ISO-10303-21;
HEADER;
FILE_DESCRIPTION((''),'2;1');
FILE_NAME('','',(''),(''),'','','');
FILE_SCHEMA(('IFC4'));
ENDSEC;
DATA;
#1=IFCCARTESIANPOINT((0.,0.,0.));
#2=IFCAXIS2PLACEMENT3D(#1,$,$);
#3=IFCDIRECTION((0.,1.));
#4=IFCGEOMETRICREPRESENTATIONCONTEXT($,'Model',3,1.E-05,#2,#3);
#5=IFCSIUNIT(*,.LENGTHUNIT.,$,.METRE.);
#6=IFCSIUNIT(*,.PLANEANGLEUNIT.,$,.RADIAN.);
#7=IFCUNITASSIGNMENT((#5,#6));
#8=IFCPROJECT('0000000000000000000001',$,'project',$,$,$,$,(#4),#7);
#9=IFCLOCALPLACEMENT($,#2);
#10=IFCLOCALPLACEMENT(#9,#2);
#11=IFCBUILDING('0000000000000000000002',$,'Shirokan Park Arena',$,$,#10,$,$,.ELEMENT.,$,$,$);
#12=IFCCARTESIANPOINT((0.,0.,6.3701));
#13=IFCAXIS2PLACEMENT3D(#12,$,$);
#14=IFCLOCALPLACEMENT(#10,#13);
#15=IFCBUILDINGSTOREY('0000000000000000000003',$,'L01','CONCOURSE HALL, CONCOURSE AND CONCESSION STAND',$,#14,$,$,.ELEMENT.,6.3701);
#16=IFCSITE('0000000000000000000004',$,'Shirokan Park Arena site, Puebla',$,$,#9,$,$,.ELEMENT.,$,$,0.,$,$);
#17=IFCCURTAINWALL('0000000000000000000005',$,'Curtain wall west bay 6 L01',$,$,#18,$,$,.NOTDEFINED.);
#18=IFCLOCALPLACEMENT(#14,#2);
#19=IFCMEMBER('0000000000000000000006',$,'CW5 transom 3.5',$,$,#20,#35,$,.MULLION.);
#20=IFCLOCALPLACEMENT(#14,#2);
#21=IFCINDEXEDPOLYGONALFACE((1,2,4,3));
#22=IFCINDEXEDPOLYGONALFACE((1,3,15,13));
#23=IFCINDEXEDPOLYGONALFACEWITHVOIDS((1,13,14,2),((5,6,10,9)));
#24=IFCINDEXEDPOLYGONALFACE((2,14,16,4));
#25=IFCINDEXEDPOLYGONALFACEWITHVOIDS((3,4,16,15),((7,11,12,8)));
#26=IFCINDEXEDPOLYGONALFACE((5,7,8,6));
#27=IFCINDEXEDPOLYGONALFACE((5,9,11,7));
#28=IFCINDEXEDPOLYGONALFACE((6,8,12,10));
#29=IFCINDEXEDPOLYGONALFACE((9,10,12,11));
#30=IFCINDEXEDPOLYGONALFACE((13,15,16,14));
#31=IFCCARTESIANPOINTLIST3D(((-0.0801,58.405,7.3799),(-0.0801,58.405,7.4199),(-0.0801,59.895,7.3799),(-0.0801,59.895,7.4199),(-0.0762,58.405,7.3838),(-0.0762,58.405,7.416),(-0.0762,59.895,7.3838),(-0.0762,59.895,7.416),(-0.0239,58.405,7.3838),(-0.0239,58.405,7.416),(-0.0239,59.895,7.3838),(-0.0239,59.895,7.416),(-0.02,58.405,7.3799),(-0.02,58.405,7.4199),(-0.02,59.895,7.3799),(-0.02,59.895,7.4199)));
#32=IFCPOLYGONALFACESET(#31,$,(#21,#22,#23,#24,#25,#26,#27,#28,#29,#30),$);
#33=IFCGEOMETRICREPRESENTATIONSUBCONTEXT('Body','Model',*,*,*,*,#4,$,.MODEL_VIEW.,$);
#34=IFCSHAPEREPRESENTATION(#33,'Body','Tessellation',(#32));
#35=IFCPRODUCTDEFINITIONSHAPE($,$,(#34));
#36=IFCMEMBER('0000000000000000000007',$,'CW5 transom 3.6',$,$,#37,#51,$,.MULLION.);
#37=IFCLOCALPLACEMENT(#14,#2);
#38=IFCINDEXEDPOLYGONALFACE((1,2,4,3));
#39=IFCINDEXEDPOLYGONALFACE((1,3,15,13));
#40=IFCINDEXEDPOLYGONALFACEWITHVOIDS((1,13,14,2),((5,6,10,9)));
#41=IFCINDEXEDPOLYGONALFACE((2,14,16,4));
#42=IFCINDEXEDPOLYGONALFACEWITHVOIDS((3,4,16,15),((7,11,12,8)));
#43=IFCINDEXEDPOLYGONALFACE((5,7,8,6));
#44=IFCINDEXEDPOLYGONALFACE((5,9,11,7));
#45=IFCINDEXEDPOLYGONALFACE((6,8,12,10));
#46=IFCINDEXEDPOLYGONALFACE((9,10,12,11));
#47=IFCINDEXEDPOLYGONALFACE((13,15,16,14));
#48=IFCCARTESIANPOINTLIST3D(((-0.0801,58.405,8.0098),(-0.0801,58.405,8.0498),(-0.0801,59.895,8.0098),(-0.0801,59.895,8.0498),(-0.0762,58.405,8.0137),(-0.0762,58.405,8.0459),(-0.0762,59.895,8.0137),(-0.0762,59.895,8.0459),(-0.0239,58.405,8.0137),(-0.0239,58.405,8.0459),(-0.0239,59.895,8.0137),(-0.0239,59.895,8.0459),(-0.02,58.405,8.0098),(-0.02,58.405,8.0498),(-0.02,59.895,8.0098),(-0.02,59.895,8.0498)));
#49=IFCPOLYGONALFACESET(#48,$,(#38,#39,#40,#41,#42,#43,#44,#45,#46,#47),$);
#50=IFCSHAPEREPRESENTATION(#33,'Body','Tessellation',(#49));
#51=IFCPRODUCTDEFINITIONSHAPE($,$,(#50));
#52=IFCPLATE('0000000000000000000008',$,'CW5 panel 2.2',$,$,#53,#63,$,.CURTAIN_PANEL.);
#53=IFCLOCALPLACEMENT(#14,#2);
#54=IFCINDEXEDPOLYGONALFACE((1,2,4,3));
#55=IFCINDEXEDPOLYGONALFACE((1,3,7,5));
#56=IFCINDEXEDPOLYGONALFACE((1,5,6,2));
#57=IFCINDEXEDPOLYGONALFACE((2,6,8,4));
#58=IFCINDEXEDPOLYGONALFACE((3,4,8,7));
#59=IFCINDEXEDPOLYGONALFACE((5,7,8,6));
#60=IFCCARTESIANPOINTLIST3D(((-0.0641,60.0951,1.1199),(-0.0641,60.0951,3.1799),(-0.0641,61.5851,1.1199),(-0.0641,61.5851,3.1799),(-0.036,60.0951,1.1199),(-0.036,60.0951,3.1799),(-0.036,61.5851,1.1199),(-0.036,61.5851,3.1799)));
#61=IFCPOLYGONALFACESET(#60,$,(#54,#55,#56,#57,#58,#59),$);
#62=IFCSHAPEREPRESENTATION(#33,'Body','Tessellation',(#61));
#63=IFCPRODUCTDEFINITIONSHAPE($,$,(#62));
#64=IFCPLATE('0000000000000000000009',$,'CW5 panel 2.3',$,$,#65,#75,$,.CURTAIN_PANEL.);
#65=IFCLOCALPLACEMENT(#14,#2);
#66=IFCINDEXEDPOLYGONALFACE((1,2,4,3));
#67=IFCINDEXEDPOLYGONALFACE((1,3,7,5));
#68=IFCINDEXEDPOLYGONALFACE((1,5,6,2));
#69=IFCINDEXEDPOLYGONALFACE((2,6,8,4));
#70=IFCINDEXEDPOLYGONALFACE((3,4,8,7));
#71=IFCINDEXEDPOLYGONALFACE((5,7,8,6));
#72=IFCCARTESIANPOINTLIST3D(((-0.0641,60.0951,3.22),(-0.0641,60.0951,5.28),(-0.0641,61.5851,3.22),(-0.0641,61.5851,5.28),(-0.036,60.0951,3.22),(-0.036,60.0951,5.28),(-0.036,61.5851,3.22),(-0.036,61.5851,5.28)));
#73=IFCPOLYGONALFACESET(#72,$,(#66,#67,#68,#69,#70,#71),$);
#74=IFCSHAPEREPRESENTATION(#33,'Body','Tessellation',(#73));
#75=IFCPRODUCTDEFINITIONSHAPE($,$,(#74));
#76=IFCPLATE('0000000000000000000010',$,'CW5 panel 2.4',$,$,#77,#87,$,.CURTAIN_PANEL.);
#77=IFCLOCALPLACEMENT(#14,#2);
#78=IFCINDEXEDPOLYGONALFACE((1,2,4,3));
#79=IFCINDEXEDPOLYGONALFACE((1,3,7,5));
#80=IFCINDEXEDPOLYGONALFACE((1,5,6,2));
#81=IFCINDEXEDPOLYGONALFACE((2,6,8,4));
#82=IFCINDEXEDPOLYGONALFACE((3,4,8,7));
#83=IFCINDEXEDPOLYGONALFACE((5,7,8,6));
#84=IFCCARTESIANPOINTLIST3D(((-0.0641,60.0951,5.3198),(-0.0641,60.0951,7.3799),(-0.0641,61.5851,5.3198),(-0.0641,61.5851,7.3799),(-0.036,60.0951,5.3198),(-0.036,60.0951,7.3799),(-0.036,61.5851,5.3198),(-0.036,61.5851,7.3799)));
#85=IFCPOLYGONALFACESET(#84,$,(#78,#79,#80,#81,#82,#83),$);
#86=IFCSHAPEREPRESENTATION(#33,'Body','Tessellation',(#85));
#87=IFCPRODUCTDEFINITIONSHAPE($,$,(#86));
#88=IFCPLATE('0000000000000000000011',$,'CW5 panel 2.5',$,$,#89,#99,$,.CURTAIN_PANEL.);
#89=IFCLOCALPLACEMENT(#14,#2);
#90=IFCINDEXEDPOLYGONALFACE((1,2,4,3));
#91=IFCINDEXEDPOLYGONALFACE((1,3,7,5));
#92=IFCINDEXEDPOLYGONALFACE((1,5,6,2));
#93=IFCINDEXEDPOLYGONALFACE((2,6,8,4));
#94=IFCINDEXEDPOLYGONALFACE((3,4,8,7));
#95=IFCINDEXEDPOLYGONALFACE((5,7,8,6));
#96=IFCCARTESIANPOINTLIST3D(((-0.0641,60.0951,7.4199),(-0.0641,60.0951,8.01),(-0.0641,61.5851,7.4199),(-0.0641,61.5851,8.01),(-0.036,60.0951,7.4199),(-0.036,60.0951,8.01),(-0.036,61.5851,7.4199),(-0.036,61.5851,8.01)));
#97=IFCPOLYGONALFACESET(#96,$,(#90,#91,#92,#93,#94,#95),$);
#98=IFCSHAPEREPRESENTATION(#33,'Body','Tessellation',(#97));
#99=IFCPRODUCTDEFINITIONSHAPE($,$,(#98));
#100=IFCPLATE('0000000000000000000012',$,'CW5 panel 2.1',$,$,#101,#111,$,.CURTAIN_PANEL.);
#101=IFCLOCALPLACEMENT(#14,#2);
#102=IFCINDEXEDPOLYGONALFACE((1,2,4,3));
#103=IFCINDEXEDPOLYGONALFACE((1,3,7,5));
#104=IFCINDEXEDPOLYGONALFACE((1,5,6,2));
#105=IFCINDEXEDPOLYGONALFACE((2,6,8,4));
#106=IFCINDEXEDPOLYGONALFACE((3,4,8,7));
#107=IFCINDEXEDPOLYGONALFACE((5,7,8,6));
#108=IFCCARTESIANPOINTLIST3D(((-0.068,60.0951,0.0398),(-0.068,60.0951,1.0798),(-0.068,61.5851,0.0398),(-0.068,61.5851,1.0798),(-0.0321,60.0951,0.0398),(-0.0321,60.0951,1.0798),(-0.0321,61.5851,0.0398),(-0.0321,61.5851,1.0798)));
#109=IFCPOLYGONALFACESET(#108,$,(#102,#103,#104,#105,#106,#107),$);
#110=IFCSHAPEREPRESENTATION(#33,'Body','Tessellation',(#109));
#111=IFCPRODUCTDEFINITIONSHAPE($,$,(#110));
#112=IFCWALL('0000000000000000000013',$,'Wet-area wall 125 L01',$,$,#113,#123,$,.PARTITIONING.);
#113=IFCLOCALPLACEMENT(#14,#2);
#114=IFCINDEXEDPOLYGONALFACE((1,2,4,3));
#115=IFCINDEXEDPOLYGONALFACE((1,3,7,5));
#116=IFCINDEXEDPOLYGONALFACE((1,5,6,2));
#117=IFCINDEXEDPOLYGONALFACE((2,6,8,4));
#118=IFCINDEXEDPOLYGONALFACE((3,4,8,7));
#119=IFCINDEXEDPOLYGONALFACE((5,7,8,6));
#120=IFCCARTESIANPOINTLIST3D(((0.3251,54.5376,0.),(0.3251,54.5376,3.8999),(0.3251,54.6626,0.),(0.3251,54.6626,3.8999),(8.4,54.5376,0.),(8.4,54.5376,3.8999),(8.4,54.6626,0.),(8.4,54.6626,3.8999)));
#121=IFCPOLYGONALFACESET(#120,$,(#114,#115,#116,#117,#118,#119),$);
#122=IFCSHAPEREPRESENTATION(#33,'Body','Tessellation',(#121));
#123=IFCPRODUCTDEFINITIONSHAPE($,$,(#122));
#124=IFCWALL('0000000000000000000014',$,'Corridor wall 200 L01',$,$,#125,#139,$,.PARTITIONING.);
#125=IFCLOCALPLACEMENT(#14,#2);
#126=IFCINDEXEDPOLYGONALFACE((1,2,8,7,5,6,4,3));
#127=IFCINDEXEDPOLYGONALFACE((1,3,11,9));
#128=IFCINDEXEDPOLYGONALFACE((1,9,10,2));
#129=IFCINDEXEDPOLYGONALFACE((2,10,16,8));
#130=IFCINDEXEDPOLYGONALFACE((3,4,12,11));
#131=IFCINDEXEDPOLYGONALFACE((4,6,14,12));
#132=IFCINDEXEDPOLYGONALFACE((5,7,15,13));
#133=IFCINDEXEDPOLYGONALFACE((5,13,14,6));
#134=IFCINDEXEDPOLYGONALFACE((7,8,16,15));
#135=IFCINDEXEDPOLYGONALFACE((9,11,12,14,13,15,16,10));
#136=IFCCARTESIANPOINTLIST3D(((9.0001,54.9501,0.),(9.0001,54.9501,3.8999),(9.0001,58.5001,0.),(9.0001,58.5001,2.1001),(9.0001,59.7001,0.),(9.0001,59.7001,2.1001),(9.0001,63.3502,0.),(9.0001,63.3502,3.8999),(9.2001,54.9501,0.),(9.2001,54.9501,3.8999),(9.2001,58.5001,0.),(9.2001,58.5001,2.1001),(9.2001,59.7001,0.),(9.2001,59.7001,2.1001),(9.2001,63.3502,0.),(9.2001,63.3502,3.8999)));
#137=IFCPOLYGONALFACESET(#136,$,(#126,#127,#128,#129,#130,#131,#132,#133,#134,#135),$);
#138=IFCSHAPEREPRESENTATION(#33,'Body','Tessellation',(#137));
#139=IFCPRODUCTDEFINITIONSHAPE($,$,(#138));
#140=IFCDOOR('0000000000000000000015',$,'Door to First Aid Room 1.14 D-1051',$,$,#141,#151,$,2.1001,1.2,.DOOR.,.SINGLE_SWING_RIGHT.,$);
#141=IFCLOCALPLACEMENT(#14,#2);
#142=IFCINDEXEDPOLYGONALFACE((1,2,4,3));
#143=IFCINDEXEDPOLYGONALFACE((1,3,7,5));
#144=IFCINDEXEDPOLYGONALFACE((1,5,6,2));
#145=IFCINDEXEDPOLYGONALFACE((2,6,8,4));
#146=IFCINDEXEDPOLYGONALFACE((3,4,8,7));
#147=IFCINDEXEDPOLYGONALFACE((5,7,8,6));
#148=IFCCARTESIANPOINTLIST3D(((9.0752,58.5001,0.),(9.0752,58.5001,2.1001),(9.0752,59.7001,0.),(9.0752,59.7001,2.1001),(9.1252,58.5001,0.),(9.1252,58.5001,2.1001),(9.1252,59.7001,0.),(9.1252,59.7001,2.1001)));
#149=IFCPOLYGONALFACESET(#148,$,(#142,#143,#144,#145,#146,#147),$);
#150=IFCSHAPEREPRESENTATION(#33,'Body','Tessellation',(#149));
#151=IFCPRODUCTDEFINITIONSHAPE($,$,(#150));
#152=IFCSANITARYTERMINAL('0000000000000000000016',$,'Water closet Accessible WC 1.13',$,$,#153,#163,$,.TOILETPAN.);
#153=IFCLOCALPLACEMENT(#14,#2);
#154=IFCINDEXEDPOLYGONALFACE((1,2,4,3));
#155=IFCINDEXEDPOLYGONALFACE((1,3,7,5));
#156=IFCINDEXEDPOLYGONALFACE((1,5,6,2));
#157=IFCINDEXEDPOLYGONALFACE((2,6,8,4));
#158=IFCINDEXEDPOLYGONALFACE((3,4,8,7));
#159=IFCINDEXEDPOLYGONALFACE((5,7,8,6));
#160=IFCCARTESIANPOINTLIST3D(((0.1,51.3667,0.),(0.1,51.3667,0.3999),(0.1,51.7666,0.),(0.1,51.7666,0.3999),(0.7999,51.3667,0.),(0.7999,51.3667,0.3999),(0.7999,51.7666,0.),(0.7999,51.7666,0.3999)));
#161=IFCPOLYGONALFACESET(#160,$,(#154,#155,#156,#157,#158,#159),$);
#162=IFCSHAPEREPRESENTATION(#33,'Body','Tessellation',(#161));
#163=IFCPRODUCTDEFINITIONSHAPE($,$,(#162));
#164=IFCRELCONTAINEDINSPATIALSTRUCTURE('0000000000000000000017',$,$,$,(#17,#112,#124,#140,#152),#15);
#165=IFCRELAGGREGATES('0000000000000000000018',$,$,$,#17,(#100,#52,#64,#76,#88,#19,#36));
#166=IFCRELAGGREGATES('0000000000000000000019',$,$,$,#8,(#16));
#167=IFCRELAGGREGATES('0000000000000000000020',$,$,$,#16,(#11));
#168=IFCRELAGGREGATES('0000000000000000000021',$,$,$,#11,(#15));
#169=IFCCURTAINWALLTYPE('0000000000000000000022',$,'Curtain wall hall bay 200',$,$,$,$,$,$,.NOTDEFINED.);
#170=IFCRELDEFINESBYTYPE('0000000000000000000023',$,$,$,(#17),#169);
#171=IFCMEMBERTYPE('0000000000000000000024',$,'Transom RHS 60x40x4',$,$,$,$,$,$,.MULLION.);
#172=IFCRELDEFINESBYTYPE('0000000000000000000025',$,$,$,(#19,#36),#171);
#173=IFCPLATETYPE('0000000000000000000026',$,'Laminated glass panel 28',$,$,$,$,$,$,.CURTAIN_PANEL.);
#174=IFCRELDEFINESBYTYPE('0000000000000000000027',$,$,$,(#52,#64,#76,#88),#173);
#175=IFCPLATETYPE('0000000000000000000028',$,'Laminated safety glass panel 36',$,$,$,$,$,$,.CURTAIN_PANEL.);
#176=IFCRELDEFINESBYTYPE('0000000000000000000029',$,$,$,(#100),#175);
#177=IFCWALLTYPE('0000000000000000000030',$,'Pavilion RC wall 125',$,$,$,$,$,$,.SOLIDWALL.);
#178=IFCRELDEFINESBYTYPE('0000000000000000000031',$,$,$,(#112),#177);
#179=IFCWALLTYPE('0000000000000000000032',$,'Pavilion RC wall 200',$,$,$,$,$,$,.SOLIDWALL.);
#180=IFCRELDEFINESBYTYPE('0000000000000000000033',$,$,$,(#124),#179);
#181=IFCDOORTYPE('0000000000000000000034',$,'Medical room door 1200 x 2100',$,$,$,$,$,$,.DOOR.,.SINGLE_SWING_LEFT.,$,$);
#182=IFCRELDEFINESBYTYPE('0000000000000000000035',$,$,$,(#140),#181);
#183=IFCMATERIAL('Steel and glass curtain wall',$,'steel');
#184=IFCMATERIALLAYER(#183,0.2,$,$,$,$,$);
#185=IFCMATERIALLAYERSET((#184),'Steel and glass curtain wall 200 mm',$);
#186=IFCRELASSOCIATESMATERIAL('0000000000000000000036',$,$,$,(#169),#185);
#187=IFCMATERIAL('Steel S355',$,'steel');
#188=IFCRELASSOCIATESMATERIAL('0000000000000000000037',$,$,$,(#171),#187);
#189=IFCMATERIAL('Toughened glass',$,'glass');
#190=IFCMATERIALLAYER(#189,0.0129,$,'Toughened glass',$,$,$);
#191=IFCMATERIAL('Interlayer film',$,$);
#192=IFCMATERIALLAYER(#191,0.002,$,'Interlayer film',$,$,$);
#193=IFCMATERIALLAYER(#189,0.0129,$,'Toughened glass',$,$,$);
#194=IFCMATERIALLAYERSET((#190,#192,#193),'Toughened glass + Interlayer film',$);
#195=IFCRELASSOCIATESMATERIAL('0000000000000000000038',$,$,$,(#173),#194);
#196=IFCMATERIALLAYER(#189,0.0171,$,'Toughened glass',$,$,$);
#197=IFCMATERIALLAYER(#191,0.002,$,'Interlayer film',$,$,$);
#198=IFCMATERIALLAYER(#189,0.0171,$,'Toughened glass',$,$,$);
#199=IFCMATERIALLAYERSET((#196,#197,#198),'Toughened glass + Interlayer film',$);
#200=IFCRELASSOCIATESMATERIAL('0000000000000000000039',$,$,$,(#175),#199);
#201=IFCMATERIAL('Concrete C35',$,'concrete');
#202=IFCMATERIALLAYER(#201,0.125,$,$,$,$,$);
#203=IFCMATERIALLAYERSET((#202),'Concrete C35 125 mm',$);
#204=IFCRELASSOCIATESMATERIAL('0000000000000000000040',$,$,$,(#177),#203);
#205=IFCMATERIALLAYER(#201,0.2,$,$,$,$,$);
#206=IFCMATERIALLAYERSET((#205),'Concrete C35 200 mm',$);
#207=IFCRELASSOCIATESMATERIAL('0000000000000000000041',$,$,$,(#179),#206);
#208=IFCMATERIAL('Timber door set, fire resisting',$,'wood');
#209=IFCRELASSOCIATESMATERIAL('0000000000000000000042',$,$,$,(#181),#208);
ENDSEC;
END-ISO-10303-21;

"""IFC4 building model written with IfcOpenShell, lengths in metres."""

from ifc_helpers import new_model, si_unit, direction, frame, frame_2d, origin, origin_2d, place, context, subcontext, project, spatial, rectangle, hollow_rectangle, extrude, material, layer, layer_set, material_profile, profile_set, type_object, element, fill, aggregate, save


model = new_model("IFC4")

# Units and contexts
model_context = context("Model", 3, precision=1e-05, world=origin(), true_north=direction((0.0, 1.0)))
body_context = subcontext(model_context, "Body", "Model", "MODEL_VIEW")
ifc_project = project(units=[si_unit("LENGTHUNIT", "METRE"), si_unit("PLANEANGLEUNIT", "RADIAN")], contexts=[model_context])

# Site, building, storey
site_placement = place(None, origin())
site = spatial("IfcSite", under=ifc_project, at=site_placement, Name="Shirokan Park Arena site, Puebla", CompositionType="ELEMENT", RefElevation=0.0)
building_placement = place(site_placement, origin())
building = spatial("IfcBuilding", under=site, at=building_placement, Name="Shirokan Park Arena", CompositionType="ELEMENT")
storey_placement = place(building_placement, frame((0.0, 0.0, 6.3701)))
storey = spatial("IfcBuildingStorey", under=building, at=storey_placement, Name="L01", Description="CONCOURSE HALL, CONCOURSE AND CONCESSION STAND", CompositionType="ELEMENT", Elevation=6.3701)

# Shared definitions
ifc_material_1 = material(Name="Concrete C35", Category="concrete")

# Curtain wall
ifc_material_2 = material(Name="Steel and glass curtain wall", Category="steel")
ifc_layer_1 = layer(ifc_material_2, 0.2)
ifc_layer_set_1 = layer_set([ifc_layer_1], Name="Steel and glass curtain wall 200 mm")
curtain_wall_type = type_object("IfcCurtainWallType", Name="Curtain wall hall bay 200", PredefinedType="NOTDEFINED", material=ifc_layer_set_1)
curtain_wall_placement = place(storey_placement, origin())
curtain_wall = element("IfcCurtainWall", 1, at=curtain_wall_placement, inside=storey, type_object=curtain_wall_type, Name="Curtain wall west bay 6 L01", PredefinedType="NOTDEFINED")
ifc_material_3 = material(Name="Steel S355", Category="steel")

# Members
ifc_material_profile_1 = material_profile(ifc_material_3, hollow_rectangle(XDim=0.0601, YDim=0.04, WallThickness=0.0039, at=origin_2d()), Name="RHS 60x40x4")
ifc_profile_set_1 = profile_set([ifc_material_profile_1], Name="Steel S355")
member_type_1 = type_object("IfcMemberType", Name="Transom RHS 60x40x4", PredefinedType="MULLION", material=ifc_profile_set_1)
member_1_placement = place(storey_placement, frame((-0.05, 59.895, 7.3999), z_axis=(0.0, -1.0, 0.0), x_axis=(1.0, 0.0, 0.0)))
member_1 = element("IfcMember", 2, at=member_1_placement, type_object=member_type_1, Name="CW5 transom 3.5", PredefinedType="MULLION", context=body_context, shape_type="SweptSolid", body=[
    extrude(hollow_rectangle(XDim=0.0601, YDim=0.04, WallThickness=0.0039, at=origin_2d()), origin(), (0.0, 0.0, 1.0), 1.49),
])
member_2_placement = place(storey_placement, frame((-0.05, 59.895, 8.0298), z_axis=(0.0, -1.0, 0.0), x_axis=(1.0, 0.0, 0.0)))
member_2 = element("IfcMember", 3, at=member_2_placement, type_object=member_type_1, Name="CW5 transom 3.6", PredefinedType="MULLION", context=body_context, shape_type="SweptSolid", body=[
    extrude(hollow_rectangle(XDim=0.0601, YDim=0.04, WallThickness=0.0039, at=origin_2d()), origin(), (0.0, 0.0, 1.0), 1.49),
])

# Plates
ifc_material_4 = material(Name="Toughened glass", Category="glass")
ifc_layer_2 = layer(ifc_material_4, 0.0129, Name="Toughened glass")
ifc_material_5 = material(Name="Interlayer film")
ifc_layer_3 = layer(ifc_material_5, 0.002, Name="Interlayer film")
ifc_layer_4 = layer(ifc_material_4, 0.0129, Name="Toughened glass")
ifc_layer_set_2 = layer_set([ifc_layer_2, ifc_layer_3, ifc_layer_4], Name="Toughened glass + Interlayer film")
plate_type_1 = type_object("IfcPlateType", Name="Laminated glass panel 28", PredefinedType="CURTAIN_PANEL", material=ifc_layer_set_2)
plate_1_placement = place(storey_placement, frame((-0.05, 60.8401, 1.1199), z_axis=(0.0, 0.0, 1.0), x_axis=(0.0, -1.0, 0.0)))
plate_1 = element("IfcPlate", 4, at=plate_1_placement, type_object=plate_type_1, Name="CW5 panel 2.2", PredefinedType="CURTAIN_PANEL", context=body_context, shape_type="SweptSolid", body=[
    extrude(rectangle(XDim=1.49, YDim=0.0281, at=origin_2d()), origin(), (0.0, 0.0, 1.0), 2.0601),
])
plate_2_placement = place(storey_placement, frame((-0.05, 60.8401, 3.22), z_axis=(0.0, 0.0, 1.0), x_axis=(0.0, -1.0, 0.0)))
plate_2 = element("IfcPlate", 5, at=plate_2_placement, type_object=plate_type_1, Name="CW5 panel 2.3", PredefinedType="CURTAIN_PANEL", context=body_context, shape_type="SweptSolid", body=[
    extrude(rectangle(XDim=1.49, YDim=0.0281, at=origin_2d()), origin(), (0.0, 0.0, 1.0), 2.0601),
])
plate_3_placement = place(storey_placement, frame((-0.05, 60.8401, 5.3198), z_axis=(0.0, 0.0, 1.0), x_axis=(0.0, -1.0, 0.0)))
plate_3 = element("IfcPlate", 6, at=plate_3_placement, type_object=plate_type_1, Name="CW5 panel 2.4", PredefinedType="CURTAIN_PANEL", context=body_context, shape_type="SweptSolid", body=[
    extrude(rectangle(XDim=1.49, YDim=0.0281, at=origin_2d()), origin(), (0.0, 0.0, 1.0), 2.0601),
])
plate_4_placement = place(storey_placement, frame((-0.05, 60.8401, 7.4199), z_axis=(0.0, 0.0, 1.0), x_axis=(0.0, -1.0, 0.0)))
plate_4 = element("IfcPlate", 7, at=plate_4_placement, type_object=plate_type_1, Name="CW5 panel 2.5", PredefinedType="CURTAIN_PANEL", context=body_context, shape_type="SweptSolid", body=[
    extrude(rectangle(XDim=1.49, YDim=0.0281, at=origin_2d()), origin(), (0.0, 0.0, 1.0), 0.5901),
])
ifc_layer_5 = layer(ifc_material_4, 0.0171, Name="Toughened glass")
ifc_layer_6 = layer(ifc_material_5, 0.002, Name="Interlayer film")
ifc_layer_7 = layer(ifc_material_4, 0.0171, Name="Toughened glass")
ifc_layer_set_3 = layer_set([ifc_layer_5, ifc_layer_6, ifc_layer_7], Name="Toughened glass + Interlayer film")
plate_type_2 = type_object("IfcPlateType", Name="Laminated safety glass panel 36", PredefinedType="CURTAIN_PANEL", material=ifc_layer_set_3)
plate_5_placement = place(storey_placement, frame((-0.05, 60.8401, 0.0398), z_axis=(0.0, 0.0, 1.0), x_axis=(0.0, -1.0, 0.0)))
plate_5 = element("IfcPlate", 8, at=plate_5_placement, type_object=plate_type_2, Name="CW5 panel 2.1", PredefinedType="CURTAIN_PANEL", context=body_context, shape_type="SweptSolid", body=[
    extrude(rectangle(XDim=1.49, YDim=0.0359, at=origin_2d()), origin(), (0.0, 0.0, 1.0), 1.04),
])
aggregate(curtain_wall, [plate_5, plate_1, plate_2, plate_3, plate_4, member_1, member_2])

# Wall
ifc_layer_8 = layer(ifc_material_1, 0.125)
ifc_layer_set_4 = layer_set([ifc_layer_8], Name="Concrete C35 125 mm")
wall_type_1 = type_object("IfcWallType", Name="Pavilion RC wall 125", PredefinedType="SOLIDWALL", material=ifc_layer_set_4)
wall_1_placement = place(storey_placement, frame((0.325, 54.6001, 0.0), z_axis=(0.0, 0.0, 1.0), x_axis=(1.0, 0.0, 0.0)))
element("IfcWall", 9, at=wall_1_placement, inside=storey, type_object=wall_type_1, Name="Wet-area wall 125 L01", PredefinedType="PARTITIONING", context=body_context, shape_type="SweptSolid", body=[
    extrude(rectangle(XDim=8.075, YDim=0.125, at=frame_2d((4.0376, 0.0))), origin(), (0.0, 0.0, 1.0), 3.8999),
])

# Wall, opening, door
ifc_layer_9 = layer(ifc_material_1, 0.2)
ifc_layer_set_5 = layer_set([ifc_layer_9], Name="Concrete C35 200 mm")
wall_type_2 = type_object("IfcWallType", Name="Pavilion RC wall 200", PredefinedType="SOLIDWALL", material=ifc_layer_set_5)
wall_2_placement = place(storey_placement, frame((9.1001, 54.95, 0.0), z_axis=(0.0, 0.0, 1.0), x_axis=(0.0, 1.0, 0.0)))
wall_2 = element("IfcWall", 10, at=wall_2_placement, inside=storey, type_object=wall_type_2, Name="Corridor wall 200 L01", PredefinedType="PARTITIONING", context=body_context, shape_type="SweptSolid", body=[
    extrude(rectangle(XDim=8.4001, YDim=0.2, at=frame_2d((4.2002, 0.0))), origin(), (0.0, 0.0, 1.0), 3.8999),
])
opening_placement = place(wall_2_placement, frame((3.55, 0.0, 0.0)))
opening = element("IfcOpeningElement", 11, at=opening_placement, cuts=wall_2, PredefinedType="OPENING", context=body_context, shape_type="SweptSolid", body=[
    extrude(rectangle(XDim=1.2, YDim=2.1001, at=frame_2d((0.6001, 1.05))), frame((0.0, 0.1099, 0.0), z_axis=(0.0, -1.0, 0.0), x_axis=(1.0, 0.0, 0.0)), (0.0, 0.0, 1.0), 0.22),
])
ifc_material_6 = material(Name="Timber door set, fire resisting", Category="wood")
door_type = type_object("IfcDoorType", Name="Medical room door 1200 x 2100", OperationType="SINGLE_SWING_LEFT", PredefinedType="DOOR", material=ifc_material_6)
door_placement = place(opening_placement, origin())
door = element("IfcDoor", 12, at=door_placement, inside=storey, type_object=door_type, Name="Door to First Aid Room 1.14 D-1051", OperationType="SINGLE_SWING_RIGHT", OverallHeight=2.1001, OverallWidth=1.2, PredefinedType="DOOR", context=body_context, shape_type="SweptSolid", body=[
    extrude(rectangle(XDim=1.2, YDim=2.1001, at=frame_2d((0.6001, 1.05))), frame((0.0, 0.0249, 0.0), z_axis=(0.0, -1.0, 0.0), x_axis=(1.0, 0.0, 0.0)), (0.0, 0.0, 1.0), 0.05),
])
fill(opening, door)

# Sanitary terminal
sanitary_terminal_placement = place(storey_placement, frame((0.45, 51.5667, 0.0), z_axis=(0.0, 0.0, 1.0), x_axis=(1.0, 0.0, 0.0)))
element("IfcSanitaryTerminal", 13, at=sanitary_terminal_placement, inside=storey, Name="Water closet Accessible WC 1.13", PredefinedType="TOILETPAN", context=body_context, shape_type="SweptSolid", body=[
    extrude(rectangle(XDim=0.7, YDim=0.3999, at=origin_2d()), origin(), (0.0, 0.0, 1.0), 0.3999),
])

save(model, "model.ifc")
